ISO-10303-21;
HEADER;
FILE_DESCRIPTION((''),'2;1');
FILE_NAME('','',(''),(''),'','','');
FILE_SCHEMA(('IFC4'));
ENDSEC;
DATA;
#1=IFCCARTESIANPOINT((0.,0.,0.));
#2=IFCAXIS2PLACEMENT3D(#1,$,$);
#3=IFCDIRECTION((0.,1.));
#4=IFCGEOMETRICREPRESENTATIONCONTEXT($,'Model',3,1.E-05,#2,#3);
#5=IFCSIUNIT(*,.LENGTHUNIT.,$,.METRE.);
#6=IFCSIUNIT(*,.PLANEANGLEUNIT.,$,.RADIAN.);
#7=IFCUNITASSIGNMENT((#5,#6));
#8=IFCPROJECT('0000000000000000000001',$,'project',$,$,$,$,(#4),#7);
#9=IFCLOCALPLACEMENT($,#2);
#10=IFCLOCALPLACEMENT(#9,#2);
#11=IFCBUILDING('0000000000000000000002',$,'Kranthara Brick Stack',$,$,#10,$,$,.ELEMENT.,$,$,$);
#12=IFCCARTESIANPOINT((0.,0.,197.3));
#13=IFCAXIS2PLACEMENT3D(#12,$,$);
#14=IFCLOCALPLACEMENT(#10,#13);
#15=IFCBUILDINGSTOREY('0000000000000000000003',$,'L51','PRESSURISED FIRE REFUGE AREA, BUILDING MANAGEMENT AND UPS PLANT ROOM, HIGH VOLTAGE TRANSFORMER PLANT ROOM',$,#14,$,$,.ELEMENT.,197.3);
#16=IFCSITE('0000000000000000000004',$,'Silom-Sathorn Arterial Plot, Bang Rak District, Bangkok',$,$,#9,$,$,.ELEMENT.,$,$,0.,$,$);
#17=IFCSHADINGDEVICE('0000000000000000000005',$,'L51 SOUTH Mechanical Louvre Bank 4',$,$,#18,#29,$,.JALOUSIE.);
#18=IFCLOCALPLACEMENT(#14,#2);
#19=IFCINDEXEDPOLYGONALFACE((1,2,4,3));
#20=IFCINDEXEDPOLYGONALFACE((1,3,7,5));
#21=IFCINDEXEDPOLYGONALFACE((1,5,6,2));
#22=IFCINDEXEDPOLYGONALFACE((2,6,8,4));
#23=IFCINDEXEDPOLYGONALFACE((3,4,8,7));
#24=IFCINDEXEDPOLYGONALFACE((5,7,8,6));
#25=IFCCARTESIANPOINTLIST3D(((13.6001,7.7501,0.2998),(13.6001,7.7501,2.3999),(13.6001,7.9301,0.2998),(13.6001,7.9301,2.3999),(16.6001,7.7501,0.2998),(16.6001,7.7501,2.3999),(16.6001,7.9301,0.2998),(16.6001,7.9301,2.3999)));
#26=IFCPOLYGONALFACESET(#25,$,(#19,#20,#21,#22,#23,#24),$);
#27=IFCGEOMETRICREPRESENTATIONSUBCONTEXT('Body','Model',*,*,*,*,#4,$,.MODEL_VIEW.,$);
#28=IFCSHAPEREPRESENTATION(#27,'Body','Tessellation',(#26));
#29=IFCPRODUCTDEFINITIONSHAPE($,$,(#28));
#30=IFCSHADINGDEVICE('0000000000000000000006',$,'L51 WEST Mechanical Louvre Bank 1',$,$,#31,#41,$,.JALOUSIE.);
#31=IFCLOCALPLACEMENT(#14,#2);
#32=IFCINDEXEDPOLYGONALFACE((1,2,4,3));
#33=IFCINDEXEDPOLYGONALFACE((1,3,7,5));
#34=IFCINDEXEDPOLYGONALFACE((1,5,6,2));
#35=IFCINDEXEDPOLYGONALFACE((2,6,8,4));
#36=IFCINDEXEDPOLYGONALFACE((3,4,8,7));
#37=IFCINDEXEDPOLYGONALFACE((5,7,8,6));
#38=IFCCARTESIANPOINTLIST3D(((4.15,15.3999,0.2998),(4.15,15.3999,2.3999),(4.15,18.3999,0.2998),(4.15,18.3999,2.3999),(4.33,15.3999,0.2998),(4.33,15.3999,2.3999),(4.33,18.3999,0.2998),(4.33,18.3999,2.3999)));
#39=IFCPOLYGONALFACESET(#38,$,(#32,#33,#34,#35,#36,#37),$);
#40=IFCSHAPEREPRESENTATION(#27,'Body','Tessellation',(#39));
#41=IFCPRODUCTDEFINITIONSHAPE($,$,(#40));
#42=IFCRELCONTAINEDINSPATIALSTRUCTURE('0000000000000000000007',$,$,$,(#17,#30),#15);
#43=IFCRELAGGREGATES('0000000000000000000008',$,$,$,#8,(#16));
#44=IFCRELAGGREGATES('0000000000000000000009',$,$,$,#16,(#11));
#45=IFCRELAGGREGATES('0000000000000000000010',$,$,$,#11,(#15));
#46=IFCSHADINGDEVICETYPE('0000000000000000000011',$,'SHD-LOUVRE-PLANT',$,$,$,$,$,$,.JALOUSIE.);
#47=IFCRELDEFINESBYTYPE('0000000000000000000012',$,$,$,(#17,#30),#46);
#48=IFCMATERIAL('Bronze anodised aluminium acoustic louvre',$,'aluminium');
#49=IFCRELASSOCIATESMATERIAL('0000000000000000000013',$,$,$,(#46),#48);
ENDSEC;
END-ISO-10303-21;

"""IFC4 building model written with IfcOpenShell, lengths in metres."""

from ifc_helpers import new_model, si_unit, direction, frame, origin, origin_2d, place, context, subcontext, project, spatial, rectangle, extrude, material, type_object, element, save


model = new_model("IFC4")

# Units and contexts
model_context = context("Model", 3, precision=1e-05, world=origin(), true_north=direction((0.0, 1.0)))
body_context = subcontext(model_context, "Body", "Model", "MODEL_VIEW")
ifc_project = project(units=[si_unit("LENGTHUNIT", "METRE"), si_unit("PLANEANGLEUNIT", "RADIAN")], contexts=[model_context])

# Site, building, storey
site_placement = place(None, origin())
site = spatial("IfcSite", under=ifc_project, at=site_placement, Name="Silom-Sathorn Arterial Plot, Bang Rak District, Bangkok", CompositionType="ELEMENT", RefElevation=0.0)
building_placement = place(site_placement, origin())
building = spatial("IfcBuilding", under=site, at=building_placement, Name="Kranthara Brick Stack", CompositionType="ELEMENT")
storey_placement = place(building_placement, frame((0.0, 0.0, 197.3)))
storey = spatial("IfcBuildingStorey", under=building, at=storey_placement, Name="L51", Description="PRESSURISED FIRE REFUGE AREA, BUILDING MANAGEMENT AND UPS PLANT ROOM, HIGH VOLTAGE TRANSFORMER PLANT ROOM", CompositionType="ELEMENT", Elevation=197.3)

# Shading devices
ifc_material_1 = material(Name="Bronze anodised aluminium acoustic louvre", Category="aluminium")
shading_device_type = type_object("IfcShadingDeviceType", Name="SHD-LOUVRE-PLANT", PredefinedType="JALOUSIE", material=ifc_material_1)
for number, where, z_axis, x_axis, name in (
    (1, (15.1001, 7.8401, 0.2998), (0.0, 0.0, 1.0), (-1.0, 0.0, 0.0), "L51 SOUTH Mechanical Louvre Bank 4"),
    (2, (4.24, 16.8999, 0.2998), (0.0, 0.0, 1.0), (0.0, 1.0, 0.0), "L51 WEST Mechanical Louvre Bank 1"),
):
    element("IfcShadingDevice", number, at=place(storey_placement, frame(where, z_axis=z_axis, x_axis=x_axis)), inside=storey, type_object=shading_device_type, Name=name, PredefinedType="JALOUSIE", context=body_context, shape_type="SweptSolid", body=[
        extrude(rectangle(XDim=3.0, YDim=0.1799, at=origin_2d()), origin(), (0.0, 0.0, 1.0), 2.1001),
    ])

save(model, "model.ifc")
